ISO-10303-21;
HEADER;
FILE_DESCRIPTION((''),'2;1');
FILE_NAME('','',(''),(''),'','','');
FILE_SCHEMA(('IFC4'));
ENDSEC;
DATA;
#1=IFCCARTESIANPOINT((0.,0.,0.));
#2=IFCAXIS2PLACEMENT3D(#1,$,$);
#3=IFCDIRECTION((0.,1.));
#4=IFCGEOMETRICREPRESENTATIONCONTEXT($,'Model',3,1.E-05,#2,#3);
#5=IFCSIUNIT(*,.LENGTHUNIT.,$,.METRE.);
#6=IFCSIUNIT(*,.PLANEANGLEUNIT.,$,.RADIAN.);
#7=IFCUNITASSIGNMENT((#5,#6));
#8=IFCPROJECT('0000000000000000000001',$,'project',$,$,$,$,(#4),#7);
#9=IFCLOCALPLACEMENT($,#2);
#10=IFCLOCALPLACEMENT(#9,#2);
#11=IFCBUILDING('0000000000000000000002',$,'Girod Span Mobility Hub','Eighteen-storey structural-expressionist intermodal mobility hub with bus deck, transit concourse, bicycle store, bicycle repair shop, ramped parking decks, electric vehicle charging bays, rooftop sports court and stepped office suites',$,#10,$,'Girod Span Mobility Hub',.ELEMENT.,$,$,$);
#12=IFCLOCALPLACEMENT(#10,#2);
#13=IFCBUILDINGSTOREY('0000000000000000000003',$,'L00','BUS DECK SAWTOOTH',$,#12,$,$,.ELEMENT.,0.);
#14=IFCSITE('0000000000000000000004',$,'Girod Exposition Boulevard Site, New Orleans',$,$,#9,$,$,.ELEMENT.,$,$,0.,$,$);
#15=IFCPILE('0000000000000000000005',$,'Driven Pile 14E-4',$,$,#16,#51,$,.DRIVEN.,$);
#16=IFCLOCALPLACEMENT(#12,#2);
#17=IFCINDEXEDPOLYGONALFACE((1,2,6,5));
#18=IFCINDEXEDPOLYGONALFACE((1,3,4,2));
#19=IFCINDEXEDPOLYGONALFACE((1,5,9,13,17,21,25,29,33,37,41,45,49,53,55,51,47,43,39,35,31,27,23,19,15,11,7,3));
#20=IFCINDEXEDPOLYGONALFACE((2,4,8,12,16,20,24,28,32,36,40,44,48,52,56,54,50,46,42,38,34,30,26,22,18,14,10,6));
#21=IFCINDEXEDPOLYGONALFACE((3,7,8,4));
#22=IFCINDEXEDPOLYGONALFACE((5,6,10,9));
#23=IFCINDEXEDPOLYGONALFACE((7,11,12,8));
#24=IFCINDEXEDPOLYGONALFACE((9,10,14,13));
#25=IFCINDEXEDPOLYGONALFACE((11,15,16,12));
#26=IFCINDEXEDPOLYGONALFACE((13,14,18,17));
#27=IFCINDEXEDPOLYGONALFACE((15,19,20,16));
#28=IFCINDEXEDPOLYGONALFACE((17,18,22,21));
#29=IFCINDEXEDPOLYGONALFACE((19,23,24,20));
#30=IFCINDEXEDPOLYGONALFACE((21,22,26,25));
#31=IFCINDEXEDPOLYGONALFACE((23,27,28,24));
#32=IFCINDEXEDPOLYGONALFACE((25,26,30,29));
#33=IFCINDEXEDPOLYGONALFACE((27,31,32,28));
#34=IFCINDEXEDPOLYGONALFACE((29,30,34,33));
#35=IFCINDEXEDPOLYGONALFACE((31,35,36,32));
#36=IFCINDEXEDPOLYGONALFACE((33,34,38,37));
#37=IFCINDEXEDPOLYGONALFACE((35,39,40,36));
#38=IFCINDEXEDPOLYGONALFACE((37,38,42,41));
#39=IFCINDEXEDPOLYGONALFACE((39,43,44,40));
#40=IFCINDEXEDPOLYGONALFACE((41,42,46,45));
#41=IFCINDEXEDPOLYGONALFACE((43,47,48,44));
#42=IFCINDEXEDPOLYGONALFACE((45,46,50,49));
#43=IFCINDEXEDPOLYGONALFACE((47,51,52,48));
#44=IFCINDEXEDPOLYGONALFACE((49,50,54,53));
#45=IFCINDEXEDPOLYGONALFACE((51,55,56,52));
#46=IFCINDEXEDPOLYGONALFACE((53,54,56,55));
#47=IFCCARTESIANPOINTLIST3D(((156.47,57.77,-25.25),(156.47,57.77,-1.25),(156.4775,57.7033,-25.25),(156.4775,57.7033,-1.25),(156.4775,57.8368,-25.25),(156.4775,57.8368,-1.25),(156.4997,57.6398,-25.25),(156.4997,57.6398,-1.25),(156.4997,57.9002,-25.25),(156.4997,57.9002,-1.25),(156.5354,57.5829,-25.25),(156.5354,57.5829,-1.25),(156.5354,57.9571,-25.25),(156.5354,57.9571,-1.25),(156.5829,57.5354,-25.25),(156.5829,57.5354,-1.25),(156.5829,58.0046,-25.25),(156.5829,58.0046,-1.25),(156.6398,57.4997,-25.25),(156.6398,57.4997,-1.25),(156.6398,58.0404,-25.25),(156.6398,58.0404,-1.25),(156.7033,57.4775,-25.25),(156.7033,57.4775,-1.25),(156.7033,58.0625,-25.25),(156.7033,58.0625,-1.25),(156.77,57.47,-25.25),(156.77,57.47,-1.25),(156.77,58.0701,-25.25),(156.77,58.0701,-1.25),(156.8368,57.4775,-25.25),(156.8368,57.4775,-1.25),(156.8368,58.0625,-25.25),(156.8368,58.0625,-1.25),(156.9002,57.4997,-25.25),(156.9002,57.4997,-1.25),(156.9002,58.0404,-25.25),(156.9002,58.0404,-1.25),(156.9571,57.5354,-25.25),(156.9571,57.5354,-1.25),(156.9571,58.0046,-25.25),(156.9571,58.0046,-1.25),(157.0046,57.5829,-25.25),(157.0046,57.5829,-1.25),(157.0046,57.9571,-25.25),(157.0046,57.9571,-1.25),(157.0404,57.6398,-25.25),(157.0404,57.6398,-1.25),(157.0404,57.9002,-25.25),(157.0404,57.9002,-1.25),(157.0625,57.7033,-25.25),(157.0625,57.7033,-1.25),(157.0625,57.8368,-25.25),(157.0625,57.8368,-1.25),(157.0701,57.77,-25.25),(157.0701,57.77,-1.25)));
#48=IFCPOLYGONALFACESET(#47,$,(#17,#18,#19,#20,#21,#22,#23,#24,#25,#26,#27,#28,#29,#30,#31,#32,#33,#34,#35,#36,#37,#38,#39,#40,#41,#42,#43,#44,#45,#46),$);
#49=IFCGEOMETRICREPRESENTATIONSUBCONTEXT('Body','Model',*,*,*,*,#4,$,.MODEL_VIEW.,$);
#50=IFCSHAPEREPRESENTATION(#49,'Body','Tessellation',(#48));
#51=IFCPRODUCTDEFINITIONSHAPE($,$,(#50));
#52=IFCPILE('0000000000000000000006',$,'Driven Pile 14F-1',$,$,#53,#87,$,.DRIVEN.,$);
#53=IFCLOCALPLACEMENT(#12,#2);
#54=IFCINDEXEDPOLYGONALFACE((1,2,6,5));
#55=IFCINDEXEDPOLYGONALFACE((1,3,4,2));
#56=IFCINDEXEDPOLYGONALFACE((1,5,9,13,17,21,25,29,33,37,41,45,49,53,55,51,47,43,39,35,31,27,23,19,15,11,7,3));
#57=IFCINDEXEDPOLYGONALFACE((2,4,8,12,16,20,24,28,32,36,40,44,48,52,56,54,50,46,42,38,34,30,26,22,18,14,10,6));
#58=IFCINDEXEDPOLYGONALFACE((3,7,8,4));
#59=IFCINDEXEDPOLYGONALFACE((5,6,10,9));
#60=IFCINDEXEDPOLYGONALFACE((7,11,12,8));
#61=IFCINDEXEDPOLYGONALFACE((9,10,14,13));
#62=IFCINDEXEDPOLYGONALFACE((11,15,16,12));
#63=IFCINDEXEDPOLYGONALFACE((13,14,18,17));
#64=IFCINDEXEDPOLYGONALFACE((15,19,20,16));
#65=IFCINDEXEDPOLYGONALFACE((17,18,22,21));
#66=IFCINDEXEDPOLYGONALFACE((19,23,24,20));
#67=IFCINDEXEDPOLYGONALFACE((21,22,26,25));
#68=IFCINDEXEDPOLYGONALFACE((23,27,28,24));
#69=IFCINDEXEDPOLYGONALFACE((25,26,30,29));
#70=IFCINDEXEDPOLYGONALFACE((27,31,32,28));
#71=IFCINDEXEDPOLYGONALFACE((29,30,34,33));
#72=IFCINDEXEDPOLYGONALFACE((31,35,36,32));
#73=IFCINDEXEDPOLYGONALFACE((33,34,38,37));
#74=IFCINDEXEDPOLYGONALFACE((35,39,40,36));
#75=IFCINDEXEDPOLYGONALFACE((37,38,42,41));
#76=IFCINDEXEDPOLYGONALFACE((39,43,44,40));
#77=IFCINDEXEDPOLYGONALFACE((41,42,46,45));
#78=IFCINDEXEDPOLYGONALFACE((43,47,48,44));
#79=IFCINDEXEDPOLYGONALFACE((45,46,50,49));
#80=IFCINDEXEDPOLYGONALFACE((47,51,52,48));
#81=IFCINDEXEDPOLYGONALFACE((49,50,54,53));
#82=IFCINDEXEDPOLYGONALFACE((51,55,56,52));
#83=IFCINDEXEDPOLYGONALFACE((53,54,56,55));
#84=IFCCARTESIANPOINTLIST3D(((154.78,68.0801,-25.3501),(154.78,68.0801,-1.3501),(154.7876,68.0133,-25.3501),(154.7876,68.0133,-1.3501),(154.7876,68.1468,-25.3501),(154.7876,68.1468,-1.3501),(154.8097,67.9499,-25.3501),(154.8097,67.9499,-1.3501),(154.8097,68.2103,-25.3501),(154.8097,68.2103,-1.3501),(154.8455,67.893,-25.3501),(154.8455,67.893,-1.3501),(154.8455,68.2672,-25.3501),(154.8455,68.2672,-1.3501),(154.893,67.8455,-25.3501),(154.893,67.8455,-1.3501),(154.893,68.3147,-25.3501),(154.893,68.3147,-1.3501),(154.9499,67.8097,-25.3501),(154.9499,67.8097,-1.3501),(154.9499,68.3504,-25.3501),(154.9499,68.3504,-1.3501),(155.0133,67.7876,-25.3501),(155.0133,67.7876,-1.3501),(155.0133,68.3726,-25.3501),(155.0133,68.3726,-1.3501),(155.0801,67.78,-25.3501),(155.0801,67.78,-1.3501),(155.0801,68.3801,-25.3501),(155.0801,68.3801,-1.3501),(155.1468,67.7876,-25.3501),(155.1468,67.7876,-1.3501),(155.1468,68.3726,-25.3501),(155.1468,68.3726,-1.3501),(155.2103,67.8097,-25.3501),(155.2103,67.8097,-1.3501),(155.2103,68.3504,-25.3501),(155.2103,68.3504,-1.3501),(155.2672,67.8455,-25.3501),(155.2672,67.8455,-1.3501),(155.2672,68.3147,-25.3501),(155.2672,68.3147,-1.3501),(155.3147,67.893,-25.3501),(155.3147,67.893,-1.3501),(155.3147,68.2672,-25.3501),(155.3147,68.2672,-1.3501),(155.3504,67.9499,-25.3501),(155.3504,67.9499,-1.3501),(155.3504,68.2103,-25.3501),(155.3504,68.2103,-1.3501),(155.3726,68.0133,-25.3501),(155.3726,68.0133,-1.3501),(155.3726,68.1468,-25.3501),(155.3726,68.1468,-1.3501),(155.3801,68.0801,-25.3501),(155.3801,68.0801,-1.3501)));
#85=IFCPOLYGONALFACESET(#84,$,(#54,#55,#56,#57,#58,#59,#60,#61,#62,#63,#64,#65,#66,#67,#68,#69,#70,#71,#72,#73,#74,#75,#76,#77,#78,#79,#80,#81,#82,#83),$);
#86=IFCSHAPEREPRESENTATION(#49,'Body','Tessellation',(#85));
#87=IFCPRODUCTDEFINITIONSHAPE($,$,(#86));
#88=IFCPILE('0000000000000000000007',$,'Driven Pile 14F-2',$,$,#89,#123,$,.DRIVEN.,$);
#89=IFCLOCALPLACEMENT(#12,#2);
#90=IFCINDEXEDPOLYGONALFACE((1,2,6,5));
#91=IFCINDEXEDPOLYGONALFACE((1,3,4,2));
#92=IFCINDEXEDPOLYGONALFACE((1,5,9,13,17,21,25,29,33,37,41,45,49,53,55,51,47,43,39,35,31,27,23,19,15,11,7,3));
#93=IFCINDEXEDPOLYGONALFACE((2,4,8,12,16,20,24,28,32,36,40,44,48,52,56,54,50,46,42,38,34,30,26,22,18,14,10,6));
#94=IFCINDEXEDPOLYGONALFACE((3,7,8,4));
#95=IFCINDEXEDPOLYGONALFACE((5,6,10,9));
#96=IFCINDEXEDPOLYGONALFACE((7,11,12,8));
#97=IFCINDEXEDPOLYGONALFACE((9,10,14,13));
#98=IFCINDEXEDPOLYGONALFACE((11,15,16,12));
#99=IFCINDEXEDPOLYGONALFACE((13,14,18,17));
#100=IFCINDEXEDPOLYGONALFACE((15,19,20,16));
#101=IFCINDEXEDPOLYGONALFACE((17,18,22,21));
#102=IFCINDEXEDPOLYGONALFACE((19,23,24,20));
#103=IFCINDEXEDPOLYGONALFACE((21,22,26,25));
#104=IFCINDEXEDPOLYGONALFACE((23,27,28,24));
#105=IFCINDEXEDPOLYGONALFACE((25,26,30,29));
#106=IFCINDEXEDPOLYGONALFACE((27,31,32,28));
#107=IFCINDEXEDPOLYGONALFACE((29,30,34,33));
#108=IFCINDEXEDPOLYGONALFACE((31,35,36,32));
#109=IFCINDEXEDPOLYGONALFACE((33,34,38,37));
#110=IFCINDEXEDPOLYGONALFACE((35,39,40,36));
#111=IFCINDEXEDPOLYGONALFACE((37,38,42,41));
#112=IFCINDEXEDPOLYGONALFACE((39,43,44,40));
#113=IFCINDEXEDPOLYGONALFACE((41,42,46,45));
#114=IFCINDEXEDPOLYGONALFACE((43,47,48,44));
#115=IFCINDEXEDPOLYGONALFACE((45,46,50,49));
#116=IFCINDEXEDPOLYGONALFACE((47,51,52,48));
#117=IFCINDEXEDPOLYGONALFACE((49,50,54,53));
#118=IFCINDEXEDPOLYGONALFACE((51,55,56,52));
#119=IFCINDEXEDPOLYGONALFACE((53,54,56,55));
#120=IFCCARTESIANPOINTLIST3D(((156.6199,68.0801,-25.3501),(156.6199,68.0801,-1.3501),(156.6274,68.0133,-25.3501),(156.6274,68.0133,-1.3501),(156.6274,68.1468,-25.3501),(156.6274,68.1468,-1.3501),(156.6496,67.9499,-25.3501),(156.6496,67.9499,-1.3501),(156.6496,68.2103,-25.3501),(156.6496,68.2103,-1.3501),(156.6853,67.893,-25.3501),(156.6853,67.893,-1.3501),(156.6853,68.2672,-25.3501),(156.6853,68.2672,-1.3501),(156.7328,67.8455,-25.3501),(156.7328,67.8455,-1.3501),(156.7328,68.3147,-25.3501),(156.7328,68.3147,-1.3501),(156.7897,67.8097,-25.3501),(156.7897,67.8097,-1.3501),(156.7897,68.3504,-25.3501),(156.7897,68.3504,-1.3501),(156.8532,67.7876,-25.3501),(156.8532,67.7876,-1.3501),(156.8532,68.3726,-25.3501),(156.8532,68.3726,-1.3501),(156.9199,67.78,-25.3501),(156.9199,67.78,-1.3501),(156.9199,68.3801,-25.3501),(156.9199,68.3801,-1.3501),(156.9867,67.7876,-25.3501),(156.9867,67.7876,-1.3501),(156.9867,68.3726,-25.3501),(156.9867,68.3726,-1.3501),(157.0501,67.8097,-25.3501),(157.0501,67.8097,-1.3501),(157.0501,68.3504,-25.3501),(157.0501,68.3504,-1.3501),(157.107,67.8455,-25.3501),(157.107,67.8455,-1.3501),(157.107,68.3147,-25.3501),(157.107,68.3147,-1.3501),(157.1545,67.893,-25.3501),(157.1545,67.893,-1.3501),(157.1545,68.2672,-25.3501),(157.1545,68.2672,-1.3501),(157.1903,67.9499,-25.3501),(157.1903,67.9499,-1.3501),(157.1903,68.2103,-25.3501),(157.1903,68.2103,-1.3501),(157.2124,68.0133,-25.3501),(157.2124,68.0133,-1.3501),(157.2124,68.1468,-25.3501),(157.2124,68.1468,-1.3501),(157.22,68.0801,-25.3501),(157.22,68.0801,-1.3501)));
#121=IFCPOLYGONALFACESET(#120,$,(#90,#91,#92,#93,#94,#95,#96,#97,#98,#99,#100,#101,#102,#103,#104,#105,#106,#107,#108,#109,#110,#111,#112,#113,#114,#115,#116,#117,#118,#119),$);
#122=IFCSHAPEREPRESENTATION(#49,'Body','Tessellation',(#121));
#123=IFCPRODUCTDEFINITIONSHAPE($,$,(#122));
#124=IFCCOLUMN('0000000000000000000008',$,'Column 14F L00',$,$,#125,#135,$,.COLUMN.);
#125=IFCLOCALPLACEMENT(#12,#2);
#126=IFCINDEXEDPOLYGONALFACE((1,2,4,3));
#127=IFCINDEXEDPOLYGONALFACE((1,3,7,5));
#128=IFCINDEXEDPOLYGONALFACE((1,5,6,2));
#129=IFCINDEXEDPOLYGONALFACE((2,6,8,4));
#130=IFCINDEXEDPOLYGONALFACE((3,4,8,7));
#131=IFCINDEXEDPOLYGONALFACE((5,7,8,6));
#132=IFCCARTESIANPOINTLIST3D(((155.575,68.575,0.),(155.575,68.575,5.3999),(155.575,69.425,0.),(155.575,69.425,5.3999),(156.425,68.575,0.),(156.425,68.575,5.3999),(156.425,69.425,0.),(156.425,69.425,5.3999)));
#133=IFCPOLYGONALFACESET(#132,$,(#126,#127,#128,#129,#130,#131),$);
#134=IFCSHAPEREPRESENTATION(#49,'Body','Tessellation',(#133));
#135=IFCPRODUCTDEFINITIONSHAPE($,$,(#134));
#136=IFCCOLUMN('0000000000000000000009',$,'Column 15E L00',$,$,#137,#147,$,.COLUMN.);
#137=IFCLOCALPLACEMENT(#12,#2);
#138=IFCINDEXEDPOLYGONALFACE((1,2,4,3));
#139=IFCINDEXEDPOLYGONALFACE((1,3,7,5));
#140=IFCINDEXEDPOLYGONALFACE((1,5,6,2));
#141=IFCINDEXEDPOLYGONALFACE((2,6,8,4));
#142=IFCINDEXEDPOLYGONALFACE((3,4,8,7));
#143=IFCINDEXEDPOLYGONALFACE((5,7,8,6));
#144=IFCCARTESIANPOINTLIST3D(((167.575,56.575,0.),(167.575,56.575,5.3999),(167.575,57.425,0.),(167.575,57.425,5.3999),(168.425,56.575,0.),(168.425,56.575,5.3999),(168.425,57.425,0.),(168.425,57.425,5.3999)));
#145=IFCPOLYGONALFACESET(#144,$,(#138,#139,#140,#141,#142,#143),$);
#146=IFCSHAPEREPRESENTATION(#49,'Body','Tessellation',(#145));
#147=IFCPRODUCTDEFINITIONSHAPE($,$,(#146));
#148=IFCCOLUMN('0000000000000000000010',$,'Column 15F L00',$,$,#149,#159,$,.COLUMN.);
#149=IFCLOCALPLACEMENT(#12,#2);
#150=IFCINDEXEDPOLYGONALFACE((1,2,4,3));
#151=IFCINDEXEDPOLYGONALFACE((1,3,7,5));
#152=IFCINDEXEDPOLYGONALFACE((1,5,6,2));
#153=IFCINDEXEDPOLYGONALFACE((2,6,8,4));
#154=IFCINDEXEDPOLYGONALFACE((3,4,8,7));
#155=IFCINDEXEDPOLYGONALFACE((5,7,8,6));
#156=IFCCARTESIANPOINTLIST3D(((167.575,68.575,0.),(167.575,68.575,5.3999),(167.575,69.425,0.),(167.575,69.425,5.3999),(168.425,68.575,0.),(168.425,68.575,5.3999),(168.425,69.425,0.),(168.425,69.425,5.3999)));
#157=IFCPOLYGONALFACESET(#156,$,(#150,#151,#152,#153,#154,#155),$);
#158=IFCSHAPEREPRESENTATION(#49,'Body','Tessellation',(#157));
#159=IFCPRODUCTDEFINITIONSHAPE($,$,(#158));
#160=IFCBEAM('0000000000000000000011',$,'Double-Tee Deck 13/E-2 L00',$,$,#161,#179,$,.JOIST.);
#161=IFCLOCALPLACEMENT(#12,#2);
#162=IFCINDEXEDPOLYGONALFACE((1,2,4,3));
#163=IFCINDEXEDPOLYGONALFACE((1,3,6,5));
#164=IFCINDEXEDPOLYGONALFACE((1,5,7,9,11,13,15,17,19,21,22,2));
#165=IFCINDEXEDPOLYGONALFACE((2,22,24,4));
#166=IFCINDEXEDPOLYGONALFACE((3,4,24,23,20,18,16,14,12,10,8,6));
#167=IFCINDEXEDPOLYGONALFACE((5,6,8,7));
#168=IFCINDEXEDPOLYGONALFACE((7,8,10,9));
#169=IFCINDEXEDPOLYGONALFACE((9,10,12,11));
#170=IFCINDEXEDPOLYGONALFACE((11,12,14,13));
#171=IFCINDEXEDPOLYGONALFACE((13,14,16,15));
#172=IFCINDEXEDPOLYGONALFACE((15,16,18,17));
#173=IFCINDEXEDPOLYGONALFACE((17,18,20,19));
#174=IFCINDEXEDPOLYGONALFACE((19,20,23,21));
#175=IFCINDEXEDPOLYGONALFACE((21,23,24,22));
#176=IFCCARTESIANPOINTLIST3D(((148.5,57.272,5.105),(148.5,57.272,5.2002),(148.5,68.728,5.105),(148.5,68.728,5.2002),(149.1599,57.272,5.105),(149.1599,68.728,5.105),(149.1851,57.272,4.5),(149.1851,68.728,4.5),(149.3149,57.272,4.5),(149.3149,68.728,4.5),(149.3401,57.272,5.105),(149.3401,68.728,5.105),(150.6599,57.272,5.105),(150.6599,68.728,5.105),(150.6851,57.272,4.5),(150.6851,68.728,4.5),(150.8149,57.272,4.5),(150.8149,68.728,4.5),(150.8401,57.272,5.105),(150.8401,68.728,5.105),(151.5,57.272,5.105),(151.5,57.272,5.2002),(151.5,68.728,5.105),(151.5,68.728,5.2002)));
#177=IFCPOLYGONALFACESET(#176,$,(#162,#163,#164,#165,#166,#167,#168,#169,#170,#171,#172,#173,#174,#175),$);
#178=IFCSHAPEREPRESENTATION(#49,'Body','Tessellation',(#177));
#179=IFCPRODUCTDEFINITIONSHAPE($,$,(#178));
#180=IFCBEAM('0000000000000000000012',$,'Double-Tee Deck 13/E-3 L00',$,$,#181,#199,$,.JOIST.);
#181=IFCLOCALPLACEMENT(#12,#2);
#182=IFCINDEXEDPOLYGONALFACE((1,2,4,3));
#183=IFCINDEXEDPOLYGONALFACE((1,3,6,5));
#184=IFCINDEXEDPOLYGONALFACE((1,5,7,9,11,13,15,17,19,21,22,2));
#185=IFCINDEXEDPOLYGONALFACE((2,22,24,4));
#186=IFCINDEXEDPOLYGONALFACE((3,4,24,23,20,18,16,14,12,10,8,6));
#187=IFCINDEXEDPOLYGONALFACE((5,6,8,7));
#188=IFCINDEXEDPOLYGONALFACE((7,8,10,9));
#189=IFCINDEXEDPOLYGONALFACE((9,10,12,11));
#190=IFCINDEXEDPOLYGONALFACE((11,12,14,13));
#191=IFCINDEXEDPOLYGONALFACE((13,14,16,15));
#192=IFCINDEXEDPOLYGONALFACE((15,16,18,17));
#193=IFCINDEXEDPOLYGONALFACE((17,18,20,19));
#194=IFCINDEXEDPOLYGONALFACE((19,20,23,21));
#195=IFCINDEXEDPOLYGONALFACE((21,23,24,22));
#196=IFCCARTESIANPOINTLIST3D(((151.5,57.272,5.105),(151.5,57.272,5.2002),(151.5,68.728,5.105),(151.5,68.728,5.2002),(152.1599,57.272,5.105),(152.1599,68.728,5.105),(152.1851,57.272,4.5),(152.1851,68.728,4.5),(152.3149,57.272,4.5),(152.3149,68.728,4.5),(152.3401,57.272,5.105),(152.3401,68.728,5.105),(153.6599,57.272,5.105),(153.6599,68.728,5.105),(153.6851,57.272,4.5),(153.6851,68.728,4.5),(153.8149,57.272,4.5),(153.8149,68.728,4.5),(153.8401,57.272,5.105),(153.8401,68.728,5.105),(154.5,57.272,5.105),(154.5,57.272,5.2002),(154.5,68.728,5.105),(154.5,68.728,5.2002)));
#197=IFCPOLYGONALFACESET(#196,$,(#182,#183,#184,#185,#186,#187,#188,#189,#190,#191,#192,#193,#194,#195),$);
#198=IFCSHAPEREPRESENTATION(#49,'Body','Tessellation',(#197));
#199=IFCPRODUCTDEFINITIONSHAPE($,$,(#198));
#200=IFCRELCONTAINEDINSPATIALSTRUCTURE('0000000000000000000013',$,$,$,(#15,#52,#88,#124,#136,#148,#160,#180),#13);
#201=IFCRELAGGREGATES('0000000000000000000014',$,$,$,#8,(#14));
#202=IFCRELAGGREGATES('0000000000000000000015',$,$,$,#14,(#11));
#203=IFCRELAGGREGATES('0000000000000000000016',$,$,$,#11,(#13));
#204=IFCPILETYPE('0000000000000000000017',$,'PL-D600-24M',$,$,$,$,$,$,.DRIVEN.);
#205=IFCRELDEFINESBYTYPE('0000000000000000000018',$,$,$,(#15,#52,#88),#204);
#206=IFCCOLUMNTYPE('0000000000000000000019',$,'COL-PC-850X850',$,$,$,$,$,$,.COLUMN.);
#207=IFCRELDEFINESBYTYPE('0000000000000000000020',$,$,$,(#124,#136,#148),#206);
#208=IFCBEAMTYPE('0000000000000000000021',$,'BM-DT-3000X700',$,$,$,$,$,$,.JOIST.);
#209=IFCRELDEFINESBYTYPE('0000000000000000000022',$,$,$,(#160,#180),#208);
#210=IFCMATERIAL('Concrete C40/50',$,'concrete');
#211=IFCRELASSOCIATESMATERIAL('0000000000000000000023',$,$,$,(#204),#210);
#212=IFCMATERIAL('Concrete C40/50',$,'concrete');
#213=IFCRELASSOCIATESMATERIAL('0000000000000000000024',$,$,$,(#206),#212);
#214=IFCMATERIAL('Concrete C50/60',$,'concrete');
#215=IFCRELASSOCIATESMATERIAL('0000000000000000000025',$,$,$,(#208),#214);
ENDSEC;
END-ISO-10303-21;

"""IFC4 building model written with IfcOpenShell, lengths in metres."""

from ifc_helpers import new_model, si_unit, direction, frame, origin, origin_2d, place, context, subcontext, project, spatial, polyline, rectangle, circle, outline, extrude, material, material_profile, profile_set, type_object, element, save


model = new_model("IFC4")

# Units and contexts
model_context = context("Model", 3, precision=1e-05, world=origin(), true_north=direction((0.0, 1.0)))
body_context = subcontext(model_context, "Body", "Model", "MODEL_VIEW")
ifc_project = project(units=[si_unit("LENGTHUNIT", "METRE"), si_unit("PLANEANGLEUNIT", "RADIAN")], contexts=[model_context])

# Site, building, storey
site_placement = place(None, origin())
site = spatial("IfcSite", under=ifc_project, at=site_placement, Name="Girod Exposition Boulevard Site, New Orleans", CompositionType="ELEMENT", RefElevation=0.0)
building_placement = place(site_placement, origin())
building = spatial("IfcBuilding", under=site, at=building_placement, Name="Girod Span Mobility Hub", Description="Eighteen-storey structural-expressionist intermodal mobility hub with bus deck, transit concourse, bicycle store, bicycle repair shop, ramped parking decks, electric vehicle charging bays, rooftop sports court and stepped office suites", LongName="Girod Span Mobility Hub", CompositionType="ELEMENT")
storey_placement = place(building_placement, origin())
storey = spatial("IfcBuildingStorey", under=building, at=storey_placement, Name="L00", Description="BUS DECK SAWTOOTH", CompositionType="ELEMENT", Elevation=0.0)

# Piles
ifc_material_1 = material(Name="Concrete C40/50", Category="concrete")
ifc_material_profile_1 = material_profile(ifc_material_1, circle(Radius=0.3, at=origin_2d()), Name="PILE-D600")
ifc_profile_set_1 = profile_set([ifc_material_profile_1], Name="Concrete C40/50")
pile_type_1 = type_object("IfcPileType", Name="PL-D600-24M", PredefinedType="DRIVEN", material=ifc_profile_set_1)
for number, where, z_axis, x_axis, name in (
    (1, (156.77, 57.77, -1.25), (0.0, 0.0, -1.0), (1.0, 0.0, 0.0), "Driven Pile 14E-4"),
    (2, (155.0801, 68.0801, -1.3501), (0.0, 0.0, -1.0), (1.0, 0.0, 0.0), "Driven Pile 14F-1"),
    (3, (156.9199, 68.0801, -1.3501), (0.0, 0.0, -1.0), (1.0, 0.0, 0.0), "Driven Pile 14F-2"),
):
    element("IfcPile", number, at=place(storey_placement, frame(where, z_axis=z_axis, x_axis=x_axis)), inside=storey, type_object=pile_type_1, Name=name, PredefinedType="DRIVEN", context=body_context, shape_type="SweptSolid", body=[
        extrude(circle(Radius=0.3, at=origin_2d()), origin(), (0.0, 0.0, 1.0), 24.0),
    ])

# Columns
ifc_material_2 = material(Name="Concrete C40/50", Category="concrete")
ifc_material_profile_2 = material_profile(ifc_material_2, rectangle(XDim=0.8501, YDim=0.8501, at=origin_2d()), Name="PC-COL-850X850")
ifc_profile_set_2 = profile_set([ifc_material_profile_2], Name="Concrete C40/50")
column_type = type_object("IfcColumnType", Name="COL-PC-850X850", PredefinedType="COLUMN", material=ifc_profile_set_2)
for number, where, z_axis, x_axis, name in (
    (4, (156.0, 69.0, 0.0), (0.0, 0.0, 1.0), (1.0, 0.0, 0.0), "Column 14F L00"),
    (5, (168.0, 57.0, 0.0), (0.0, 0.0, 1.0), (1.0, 0.0, 0.0), "Column 15E L00"),
    (6, (168.0, 69.0, 0.0), (0.0, 0.0, 1.0), (1.0, 0.0, 0.0), "Column 15F L00"),
):
    element("IfcColumn", number, at=place(storey_placement, frame(where, z_axis=z_axis, x_axis=x_axis)), inside=storey, type_object=column_type, Name=name, PredefinedType="COLUMN", context=body_context, shape_type="SweptSolid", body=[
        extrude(rectangle(XDim=0.8501, YDim=0.8501, at=origin_2d()), origin(), (0.0, 0.0, 1.0), 5.3999),
    ])

# Beams
ifc_material_3 = material(Name="Concrete C50/60", Category="concrete")
ifc_material_profile_3 = material_profile(ifc_material_3, outline(polyline([(-1.5, 0.3501), (-1.5, 0.2549), (-0.8401, 0.2549), (-0.8149, -0.3501), (-0.6851, -0.3501), (-0.6599, 0.2549), (0.6599, 0.2549), (0.6851, -0.3501), (0.8149, -0.3501), (0.8401, 0.2549), (1.5, 0.2549), (1.5, 0.3501), (-1.5, 0.3501)])), Name="DT-3000X700")
ifc_profile_set_3 = profile_set([ifc_material_profile_3], Name="Concrete C50/60")
beam_type_1 = type_object("IfcBeamType", Name="BM-DT-3000X700", PredefinedType="JOIST", material=ifc_profile_set_3)
for number, where, z_axis, x_axis, name in (
    (7, (150.0, 57.272, 4.8501), (0.0, 1.0, 0.0), (-1.0, 0.0, 0.0), "Double-Tee Deck 13/E-2 L00"),
    (8, (153.0, 57.272, 4.8501), (0.0, 1.0, 0.0), (-1.0, 0.0, 0.0), "Double-Tee Deck 13/E-3 L00"),
):
    element("IfcBeam", number, at=place(storey_placement, frame(where, z_axis=z_axis, x_axis=x_axis)), inside=storey, type_object=beam_type_1, Name=name, PredefinedType="JOIST", context=body_context, shape_type="SweptSolid", body=[
        extrude(outline(polyline([(-1.5, 0.3501), (-1.5, 0.2549), (-0.8401, 0.2549), (-0.8149, -0.3501), (-0.6851, -0.3501), (-0.6599, 0.2549), (0.6599, 0.2549), (0.6851, -0.3501), (0.8149, -0.3501), (0.8401, 0.2549), (1.5, 0.2549), (1.5, 0.3501), (-1.5, 0.3501)])), origin(), (0.0, 0.0, 1.0), 11.4561),
    ])

save(model, "model.ifc")
